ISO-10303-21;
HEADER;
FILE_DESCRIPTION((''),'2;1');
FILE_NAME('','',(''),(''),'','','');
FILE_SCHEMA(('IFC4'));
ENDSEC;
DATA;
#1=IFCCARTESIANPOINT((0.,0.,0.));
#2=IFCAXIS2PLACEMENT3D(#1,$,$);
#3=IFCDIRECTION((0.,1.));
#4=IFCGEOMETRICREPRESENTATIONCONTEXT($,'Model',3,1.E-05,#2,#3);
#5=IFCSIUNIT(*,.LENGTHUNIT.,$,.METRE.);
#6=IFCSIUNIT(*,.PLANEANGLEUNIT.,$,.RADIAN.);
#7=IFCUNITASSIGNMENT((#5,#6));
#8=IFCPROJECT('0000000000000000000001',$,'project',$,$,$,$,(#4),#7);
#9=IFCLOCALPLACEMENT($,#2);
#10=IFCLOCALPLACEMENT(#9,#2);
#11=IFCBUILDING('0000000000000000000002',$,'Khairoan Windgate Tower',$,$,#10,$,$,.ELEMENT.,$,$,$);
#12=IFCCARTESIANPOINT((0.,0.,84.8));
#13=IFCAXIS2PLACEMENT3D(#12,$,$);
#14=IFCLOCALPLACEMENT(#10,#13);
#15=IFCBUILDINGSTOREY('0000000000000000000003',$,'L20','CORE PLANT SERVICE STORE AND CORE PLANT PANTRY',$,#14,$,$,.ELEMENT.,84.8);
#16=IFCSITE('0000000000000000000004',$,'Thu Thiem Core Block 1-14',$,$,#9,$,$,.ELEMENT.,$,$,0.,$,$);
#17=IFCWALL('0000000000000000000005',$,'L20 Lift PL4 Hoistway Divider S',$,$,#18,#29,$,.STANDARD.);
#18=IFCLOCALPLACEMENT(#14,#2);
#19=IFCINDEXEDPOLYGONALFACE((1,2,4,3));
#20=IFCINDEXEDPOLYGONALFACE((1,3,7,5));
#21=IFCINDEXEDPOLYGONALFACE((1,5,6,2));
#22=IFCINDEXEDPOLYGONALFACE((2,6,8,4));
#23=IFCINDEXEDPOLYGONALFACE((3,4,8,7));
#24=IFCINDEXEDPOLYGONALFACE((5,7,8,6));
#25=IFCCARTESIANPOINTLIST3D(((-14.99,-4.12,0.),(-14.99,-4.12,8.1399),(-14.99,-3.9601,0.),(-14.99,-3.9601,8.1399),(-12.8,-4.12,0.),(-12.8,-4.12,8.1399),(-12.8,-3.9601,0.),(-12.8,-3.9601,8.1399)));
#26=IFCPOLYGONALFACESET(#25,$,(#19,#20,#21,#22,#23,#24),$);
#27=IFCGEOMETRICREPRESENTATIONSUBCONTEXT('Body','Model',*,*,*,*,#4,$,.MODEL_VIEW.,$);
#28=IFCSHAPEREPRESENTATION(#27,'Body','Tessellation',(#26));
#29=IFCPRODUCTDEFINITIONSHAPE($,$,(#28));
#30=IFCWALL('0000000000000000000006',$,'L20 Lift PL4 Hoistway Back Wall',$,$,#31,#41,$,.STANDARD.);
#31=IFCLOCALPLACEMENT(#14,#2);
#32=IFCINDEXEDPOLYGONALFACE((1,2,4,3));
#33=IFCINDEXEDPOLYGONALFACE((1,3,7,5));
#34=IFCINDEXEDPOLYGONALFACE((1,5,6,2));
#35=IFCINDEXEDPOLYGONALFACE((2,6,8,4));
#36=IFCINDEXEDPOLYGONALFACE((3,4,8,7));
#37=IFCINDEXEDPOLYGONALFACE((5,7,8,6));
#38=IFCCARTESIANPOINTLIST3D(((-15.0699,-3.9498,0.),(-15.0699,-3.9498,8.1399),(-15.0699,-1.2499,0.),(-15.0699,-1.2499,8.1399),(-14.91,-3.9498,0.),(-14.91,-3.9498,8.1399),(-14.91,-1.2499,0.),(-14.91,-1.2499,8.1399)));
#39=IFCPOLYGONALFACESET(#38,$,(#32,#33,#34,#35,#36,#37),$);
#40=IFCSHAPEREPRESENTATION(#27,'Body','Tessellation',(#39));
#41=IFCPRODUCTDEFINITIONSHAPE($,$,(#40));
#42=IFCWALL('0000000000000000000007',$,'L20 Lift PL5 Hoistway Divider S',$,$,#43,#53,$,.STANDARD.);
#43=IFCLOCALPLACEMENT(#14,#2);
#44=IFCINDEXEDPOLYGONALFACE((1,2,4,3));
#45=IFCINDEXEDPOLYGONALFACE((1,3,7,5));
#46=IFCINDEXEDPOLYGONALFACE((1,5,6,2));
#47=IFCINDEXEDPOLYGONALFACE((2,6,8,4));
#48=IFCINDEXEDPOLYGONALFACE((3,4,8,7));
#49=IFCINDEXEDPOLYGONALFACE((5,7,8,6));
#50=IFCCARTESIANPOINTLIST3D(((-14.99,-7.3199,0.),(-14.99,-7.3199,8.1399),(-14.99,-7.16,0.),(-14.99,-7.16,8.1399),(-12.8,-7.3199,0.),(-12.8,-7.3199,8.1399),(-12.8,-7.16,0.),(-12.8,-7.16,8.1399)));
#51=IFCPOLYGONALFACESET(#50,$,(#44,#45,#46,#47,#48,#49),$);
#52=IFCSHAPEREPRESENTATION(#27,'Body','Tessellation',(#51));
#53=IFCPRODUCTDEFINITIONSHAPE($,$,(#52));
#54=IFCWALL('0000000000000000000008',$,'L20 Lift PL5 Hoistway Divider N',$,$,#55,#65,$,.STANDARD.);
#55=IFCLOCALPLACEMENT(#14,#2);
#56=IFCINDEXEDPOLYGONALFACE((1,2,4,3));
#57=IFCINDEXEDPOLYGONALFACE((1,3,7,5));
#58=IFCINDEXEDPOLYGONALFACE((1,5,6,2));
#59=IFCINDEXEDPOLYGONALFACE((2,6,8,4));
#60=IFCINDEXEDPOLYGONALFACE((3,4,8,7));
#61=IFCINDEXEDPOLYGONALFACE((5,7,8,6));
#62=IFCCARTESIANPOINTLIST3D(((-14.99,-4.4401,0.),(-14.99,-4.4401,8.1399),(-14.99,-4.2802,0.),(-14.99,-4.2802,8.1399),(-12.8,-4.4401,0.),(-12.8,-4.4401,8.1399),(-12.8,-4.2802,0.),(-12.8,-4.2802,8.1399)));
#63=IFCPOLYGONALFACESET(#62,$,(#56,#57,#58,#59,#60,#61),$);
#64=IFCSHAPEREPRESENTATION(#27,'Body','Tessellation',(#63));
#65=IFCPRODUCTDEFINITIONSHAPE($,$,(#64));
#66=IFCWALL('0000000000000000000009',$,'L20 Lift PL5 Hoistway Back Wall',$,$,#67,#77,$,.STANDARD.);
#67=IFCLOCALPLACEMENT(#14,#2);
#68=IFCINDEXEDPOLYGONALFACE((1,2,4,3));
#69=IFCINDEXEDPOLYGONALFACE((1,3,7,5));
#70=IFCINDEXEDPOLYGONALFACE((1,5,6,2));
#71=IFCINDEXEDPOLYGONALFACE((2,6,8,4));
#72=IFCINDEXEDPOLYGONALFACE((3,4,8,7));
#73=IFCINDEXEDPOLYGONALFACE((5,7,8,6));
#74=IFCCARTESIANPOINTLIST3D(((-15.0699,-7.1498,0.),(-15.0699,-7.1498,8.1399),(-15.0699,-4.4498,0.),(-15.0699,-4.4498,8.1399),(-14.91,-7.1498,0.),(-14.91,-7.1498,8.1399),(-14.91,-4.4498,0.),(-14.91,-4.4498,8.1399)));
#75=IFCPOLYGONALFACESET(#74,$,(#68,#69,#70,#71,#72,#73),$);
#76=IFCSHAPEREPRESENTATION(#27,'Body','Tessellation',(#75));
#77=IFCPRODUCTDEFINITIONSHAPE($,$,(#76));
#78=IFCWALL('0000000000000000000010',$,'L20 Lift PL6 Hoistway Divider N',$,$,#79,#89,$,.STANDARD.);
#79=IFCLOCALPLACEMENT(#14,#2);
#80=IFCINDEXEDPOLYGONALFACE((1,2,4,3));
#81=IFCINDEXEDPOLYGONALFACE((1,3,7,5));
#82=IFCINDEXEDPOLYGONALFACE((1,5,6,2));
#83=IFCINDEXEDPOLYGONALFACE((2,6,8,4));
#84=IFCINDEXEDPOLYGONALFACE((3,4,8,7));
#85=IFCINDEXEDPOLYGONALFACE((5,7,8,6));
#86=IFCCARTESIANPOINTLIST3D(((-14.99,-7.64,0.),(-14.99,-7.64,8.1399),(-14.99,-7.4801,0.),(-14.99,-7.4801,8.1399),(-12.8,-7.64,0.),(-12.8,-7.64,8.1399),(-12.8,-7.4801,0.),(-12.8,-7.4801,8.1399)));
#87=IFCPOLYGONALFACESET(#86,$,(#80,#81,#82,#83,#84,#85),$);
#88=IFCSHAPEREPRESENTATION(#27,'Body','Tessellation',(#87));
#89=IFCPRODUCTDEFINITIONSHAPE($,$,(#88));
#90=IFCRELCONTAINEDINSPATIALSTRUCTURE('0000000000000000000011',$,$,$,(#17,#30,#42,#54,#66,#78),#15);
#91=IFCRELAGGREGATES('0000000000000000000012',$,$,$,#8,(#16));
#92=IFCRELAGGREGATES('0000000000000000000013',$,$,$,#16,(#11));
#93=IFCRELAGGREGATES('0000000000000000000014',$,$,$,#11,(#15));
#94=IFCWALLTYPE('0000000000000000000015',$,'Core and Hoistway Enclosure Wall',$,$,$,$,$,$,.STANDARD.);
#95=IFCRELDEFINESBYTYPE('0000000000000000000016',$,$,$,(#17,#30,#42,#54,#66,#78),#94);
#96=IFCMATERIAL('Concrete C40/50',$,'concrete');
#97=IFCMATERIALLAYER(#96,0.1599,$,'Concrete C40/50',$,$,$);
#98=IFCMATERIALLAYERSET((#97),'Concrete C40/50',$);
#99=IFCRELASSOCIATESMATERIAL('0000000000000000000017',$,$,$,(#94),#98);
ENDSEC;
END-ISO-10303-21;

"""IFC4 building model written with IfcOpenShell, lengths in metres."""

from ifc_helpers import new_model, si_unit, direction, frame, frame_2d, origin, place, context, subcontext, project, spatial, rectangle, extrude, material, layer, layer_set, type_object, element, save


model = new_model("IFC4")

# Units and contexts
model_context = context("Model", 3, precision=1e-05, world=origin(), true_north=direction((0.0, 1.0)))
body_context = subcontext(model_context, "Body", "Model", "MODEL_VIEW")
ifc_project = project(units=[si_unit("LENGTHUNIT", "METRE"), si_unit("PLANEANGLEUNIT", "RADIAN")], contexts=[model_context])

# Site, building, storey
site_placement = place(None, origin())
site = spatial("IfcSite", under=ifc_project, at=site_placement, Name="Thu Thiem Core Block 1-14", CompositionType="ELEMENT", RefElevation=0.0)
building_placement = place(site_placement, origin())
building = spatial("IfcBuilding", under=site, at=building_placement, Name="Khairoan Windgate Tower", CompositionType="ELEMENT")
storey_placement = place(building_placement, frame((0.0, 0.0, 84.8)))
storey = spatial("IfcBuildingStorey", under=building, at=storey_placement, Name="L20", Description="CORE PLANT SERVICE STORE AND CORE PLANT PANTRY", CompositionType="ELEMENT", Elevation=84.8)

# Walls
ifc_material_1 = material(Name="Concrete C40/50", Category="concrete")
ifc_layer_1 = layer(ifc_material_1, 0.1599, Name="Concrete C40/50")
ifc_layer_set_1 = layer_set([ifc_layer_1], Name="Concrete C40/50")
wall_type = type_object("IfcWallType", Name="Core and Hoistway Enclosure Wall", PredefinedType="STANDARD", material=ifc_layer_set_1)
wall_1_placement = place(storey_placement, frame((-14.99, -4.04, 0.0), z_axis=(0.0, 0.0, 1.0), x_axis=(1.0, 0.0, 0.0)))
element("IfcWall", 1, at=wall_1_placement, inside=storey, type_object=wall_type, Name="L20 Lift PL4 Hoistway Divider S", PredefinedType="STANDARD", context=body_context, shape_type="SweptSolid", body=[
    extrude(rectangle(XDim=2.1899, YDim=0.1599, at=frame_2d((1.095, 0.0))), origin(), (0.0, 0.0, 1.0), 8.1399),
])
wall_2_placement = place(storey_placement, frame((-14.99, -3.95, 0.0), z_axis=(0.0, 0.0, 1.0), x_axis=(0.0, 1.0, 0.0)))
element("IfcWall", 2, at=wall_2_placement, inside=storey, type_object=wall_type, Name="L20 Lift PL4 Hoistway Back Wall", PredefinedType="STANDARD", context=body_context, shape_type="SweptSolid", body=[
    extrude(rectangle(XDim=2.7, YDim=0.1599, at=frame_2d((1.3501, 0.0))), origin(), (0.0, 0.0, 1.0), 8.1399),
])
for number, where, z_axis, x_axis, name in (
    (3, (-14.99, -7.24, 0.0), (0.0, 0.0, 1.0), (1.0, 0.0, 0.0), "L20 Lift PL5 Hoistway Divider S"),
    (4, (-14.99, -4.3601, 0.0), (0.0, 0.0, 1.0), (1.0, 0.0, 0.0), "L20 Lift PL5 Hoistway Divider N"),
):
    element("IfcWall", number, at=place(storey_placement, frame(where, z_axis=z_axis, x_axis=x_axis)), inside=storey, type_object=wall_type, Name=name, PredefinedType="STANDARD", context=body_context, shape_type="SweptSolid", body=[
        extrude(rectangle(XDim=2.1899, YDim=0.1599, at=frame_2d((1.095, 0.0))), origin(), (0.0, 0.0, 1.0), 8.1399),
    ])
wall_3_placement = place(storey_placement, frame((-14.99, -7.1499, 0.0), z_axis=(0.0, 0.0, 1.0), x_axis=(0.0, 1.0, 0.0)))
element("IfcWall", 5, at=wall_3_placement, inside=storey, type_object=wall_type, Name="L20 Lift PL5 Hoistway Back Wall", PredefinedType="STANDARD", context=body_context, shape_type="SweptSolid", body=[
    extrude(rectangle(XDim=2.7, YDim=0.1599, at=frame_2d((1.3501, 0.0))), origin(), (0.0, 0.0, 1.0), 8.1399),
])
wall_4_placement = place(storey_placement, frame((-14.99, -7.5601, 0.0), z_axis=(0.0, 0.0, 1.0), x_axis=(1.0, 0.0, 0.0)))
element("IfcWall", 6, at=wall_4_placement, inside=storey, type_object=wall_type, Name="L20 Lift PL6 Hoistway Divider N", PredefinedType="STANDARD", context=body_context, shape_type="SweptSolid", body=[
    extrude(rectangle(XDim=2.1899, YDim=0.1599, at=frame_2d((1.095, 0.0))), origin(), (0.0, 0.0, 1.0), 8.1399),
])

save(model, "model.ifc")
